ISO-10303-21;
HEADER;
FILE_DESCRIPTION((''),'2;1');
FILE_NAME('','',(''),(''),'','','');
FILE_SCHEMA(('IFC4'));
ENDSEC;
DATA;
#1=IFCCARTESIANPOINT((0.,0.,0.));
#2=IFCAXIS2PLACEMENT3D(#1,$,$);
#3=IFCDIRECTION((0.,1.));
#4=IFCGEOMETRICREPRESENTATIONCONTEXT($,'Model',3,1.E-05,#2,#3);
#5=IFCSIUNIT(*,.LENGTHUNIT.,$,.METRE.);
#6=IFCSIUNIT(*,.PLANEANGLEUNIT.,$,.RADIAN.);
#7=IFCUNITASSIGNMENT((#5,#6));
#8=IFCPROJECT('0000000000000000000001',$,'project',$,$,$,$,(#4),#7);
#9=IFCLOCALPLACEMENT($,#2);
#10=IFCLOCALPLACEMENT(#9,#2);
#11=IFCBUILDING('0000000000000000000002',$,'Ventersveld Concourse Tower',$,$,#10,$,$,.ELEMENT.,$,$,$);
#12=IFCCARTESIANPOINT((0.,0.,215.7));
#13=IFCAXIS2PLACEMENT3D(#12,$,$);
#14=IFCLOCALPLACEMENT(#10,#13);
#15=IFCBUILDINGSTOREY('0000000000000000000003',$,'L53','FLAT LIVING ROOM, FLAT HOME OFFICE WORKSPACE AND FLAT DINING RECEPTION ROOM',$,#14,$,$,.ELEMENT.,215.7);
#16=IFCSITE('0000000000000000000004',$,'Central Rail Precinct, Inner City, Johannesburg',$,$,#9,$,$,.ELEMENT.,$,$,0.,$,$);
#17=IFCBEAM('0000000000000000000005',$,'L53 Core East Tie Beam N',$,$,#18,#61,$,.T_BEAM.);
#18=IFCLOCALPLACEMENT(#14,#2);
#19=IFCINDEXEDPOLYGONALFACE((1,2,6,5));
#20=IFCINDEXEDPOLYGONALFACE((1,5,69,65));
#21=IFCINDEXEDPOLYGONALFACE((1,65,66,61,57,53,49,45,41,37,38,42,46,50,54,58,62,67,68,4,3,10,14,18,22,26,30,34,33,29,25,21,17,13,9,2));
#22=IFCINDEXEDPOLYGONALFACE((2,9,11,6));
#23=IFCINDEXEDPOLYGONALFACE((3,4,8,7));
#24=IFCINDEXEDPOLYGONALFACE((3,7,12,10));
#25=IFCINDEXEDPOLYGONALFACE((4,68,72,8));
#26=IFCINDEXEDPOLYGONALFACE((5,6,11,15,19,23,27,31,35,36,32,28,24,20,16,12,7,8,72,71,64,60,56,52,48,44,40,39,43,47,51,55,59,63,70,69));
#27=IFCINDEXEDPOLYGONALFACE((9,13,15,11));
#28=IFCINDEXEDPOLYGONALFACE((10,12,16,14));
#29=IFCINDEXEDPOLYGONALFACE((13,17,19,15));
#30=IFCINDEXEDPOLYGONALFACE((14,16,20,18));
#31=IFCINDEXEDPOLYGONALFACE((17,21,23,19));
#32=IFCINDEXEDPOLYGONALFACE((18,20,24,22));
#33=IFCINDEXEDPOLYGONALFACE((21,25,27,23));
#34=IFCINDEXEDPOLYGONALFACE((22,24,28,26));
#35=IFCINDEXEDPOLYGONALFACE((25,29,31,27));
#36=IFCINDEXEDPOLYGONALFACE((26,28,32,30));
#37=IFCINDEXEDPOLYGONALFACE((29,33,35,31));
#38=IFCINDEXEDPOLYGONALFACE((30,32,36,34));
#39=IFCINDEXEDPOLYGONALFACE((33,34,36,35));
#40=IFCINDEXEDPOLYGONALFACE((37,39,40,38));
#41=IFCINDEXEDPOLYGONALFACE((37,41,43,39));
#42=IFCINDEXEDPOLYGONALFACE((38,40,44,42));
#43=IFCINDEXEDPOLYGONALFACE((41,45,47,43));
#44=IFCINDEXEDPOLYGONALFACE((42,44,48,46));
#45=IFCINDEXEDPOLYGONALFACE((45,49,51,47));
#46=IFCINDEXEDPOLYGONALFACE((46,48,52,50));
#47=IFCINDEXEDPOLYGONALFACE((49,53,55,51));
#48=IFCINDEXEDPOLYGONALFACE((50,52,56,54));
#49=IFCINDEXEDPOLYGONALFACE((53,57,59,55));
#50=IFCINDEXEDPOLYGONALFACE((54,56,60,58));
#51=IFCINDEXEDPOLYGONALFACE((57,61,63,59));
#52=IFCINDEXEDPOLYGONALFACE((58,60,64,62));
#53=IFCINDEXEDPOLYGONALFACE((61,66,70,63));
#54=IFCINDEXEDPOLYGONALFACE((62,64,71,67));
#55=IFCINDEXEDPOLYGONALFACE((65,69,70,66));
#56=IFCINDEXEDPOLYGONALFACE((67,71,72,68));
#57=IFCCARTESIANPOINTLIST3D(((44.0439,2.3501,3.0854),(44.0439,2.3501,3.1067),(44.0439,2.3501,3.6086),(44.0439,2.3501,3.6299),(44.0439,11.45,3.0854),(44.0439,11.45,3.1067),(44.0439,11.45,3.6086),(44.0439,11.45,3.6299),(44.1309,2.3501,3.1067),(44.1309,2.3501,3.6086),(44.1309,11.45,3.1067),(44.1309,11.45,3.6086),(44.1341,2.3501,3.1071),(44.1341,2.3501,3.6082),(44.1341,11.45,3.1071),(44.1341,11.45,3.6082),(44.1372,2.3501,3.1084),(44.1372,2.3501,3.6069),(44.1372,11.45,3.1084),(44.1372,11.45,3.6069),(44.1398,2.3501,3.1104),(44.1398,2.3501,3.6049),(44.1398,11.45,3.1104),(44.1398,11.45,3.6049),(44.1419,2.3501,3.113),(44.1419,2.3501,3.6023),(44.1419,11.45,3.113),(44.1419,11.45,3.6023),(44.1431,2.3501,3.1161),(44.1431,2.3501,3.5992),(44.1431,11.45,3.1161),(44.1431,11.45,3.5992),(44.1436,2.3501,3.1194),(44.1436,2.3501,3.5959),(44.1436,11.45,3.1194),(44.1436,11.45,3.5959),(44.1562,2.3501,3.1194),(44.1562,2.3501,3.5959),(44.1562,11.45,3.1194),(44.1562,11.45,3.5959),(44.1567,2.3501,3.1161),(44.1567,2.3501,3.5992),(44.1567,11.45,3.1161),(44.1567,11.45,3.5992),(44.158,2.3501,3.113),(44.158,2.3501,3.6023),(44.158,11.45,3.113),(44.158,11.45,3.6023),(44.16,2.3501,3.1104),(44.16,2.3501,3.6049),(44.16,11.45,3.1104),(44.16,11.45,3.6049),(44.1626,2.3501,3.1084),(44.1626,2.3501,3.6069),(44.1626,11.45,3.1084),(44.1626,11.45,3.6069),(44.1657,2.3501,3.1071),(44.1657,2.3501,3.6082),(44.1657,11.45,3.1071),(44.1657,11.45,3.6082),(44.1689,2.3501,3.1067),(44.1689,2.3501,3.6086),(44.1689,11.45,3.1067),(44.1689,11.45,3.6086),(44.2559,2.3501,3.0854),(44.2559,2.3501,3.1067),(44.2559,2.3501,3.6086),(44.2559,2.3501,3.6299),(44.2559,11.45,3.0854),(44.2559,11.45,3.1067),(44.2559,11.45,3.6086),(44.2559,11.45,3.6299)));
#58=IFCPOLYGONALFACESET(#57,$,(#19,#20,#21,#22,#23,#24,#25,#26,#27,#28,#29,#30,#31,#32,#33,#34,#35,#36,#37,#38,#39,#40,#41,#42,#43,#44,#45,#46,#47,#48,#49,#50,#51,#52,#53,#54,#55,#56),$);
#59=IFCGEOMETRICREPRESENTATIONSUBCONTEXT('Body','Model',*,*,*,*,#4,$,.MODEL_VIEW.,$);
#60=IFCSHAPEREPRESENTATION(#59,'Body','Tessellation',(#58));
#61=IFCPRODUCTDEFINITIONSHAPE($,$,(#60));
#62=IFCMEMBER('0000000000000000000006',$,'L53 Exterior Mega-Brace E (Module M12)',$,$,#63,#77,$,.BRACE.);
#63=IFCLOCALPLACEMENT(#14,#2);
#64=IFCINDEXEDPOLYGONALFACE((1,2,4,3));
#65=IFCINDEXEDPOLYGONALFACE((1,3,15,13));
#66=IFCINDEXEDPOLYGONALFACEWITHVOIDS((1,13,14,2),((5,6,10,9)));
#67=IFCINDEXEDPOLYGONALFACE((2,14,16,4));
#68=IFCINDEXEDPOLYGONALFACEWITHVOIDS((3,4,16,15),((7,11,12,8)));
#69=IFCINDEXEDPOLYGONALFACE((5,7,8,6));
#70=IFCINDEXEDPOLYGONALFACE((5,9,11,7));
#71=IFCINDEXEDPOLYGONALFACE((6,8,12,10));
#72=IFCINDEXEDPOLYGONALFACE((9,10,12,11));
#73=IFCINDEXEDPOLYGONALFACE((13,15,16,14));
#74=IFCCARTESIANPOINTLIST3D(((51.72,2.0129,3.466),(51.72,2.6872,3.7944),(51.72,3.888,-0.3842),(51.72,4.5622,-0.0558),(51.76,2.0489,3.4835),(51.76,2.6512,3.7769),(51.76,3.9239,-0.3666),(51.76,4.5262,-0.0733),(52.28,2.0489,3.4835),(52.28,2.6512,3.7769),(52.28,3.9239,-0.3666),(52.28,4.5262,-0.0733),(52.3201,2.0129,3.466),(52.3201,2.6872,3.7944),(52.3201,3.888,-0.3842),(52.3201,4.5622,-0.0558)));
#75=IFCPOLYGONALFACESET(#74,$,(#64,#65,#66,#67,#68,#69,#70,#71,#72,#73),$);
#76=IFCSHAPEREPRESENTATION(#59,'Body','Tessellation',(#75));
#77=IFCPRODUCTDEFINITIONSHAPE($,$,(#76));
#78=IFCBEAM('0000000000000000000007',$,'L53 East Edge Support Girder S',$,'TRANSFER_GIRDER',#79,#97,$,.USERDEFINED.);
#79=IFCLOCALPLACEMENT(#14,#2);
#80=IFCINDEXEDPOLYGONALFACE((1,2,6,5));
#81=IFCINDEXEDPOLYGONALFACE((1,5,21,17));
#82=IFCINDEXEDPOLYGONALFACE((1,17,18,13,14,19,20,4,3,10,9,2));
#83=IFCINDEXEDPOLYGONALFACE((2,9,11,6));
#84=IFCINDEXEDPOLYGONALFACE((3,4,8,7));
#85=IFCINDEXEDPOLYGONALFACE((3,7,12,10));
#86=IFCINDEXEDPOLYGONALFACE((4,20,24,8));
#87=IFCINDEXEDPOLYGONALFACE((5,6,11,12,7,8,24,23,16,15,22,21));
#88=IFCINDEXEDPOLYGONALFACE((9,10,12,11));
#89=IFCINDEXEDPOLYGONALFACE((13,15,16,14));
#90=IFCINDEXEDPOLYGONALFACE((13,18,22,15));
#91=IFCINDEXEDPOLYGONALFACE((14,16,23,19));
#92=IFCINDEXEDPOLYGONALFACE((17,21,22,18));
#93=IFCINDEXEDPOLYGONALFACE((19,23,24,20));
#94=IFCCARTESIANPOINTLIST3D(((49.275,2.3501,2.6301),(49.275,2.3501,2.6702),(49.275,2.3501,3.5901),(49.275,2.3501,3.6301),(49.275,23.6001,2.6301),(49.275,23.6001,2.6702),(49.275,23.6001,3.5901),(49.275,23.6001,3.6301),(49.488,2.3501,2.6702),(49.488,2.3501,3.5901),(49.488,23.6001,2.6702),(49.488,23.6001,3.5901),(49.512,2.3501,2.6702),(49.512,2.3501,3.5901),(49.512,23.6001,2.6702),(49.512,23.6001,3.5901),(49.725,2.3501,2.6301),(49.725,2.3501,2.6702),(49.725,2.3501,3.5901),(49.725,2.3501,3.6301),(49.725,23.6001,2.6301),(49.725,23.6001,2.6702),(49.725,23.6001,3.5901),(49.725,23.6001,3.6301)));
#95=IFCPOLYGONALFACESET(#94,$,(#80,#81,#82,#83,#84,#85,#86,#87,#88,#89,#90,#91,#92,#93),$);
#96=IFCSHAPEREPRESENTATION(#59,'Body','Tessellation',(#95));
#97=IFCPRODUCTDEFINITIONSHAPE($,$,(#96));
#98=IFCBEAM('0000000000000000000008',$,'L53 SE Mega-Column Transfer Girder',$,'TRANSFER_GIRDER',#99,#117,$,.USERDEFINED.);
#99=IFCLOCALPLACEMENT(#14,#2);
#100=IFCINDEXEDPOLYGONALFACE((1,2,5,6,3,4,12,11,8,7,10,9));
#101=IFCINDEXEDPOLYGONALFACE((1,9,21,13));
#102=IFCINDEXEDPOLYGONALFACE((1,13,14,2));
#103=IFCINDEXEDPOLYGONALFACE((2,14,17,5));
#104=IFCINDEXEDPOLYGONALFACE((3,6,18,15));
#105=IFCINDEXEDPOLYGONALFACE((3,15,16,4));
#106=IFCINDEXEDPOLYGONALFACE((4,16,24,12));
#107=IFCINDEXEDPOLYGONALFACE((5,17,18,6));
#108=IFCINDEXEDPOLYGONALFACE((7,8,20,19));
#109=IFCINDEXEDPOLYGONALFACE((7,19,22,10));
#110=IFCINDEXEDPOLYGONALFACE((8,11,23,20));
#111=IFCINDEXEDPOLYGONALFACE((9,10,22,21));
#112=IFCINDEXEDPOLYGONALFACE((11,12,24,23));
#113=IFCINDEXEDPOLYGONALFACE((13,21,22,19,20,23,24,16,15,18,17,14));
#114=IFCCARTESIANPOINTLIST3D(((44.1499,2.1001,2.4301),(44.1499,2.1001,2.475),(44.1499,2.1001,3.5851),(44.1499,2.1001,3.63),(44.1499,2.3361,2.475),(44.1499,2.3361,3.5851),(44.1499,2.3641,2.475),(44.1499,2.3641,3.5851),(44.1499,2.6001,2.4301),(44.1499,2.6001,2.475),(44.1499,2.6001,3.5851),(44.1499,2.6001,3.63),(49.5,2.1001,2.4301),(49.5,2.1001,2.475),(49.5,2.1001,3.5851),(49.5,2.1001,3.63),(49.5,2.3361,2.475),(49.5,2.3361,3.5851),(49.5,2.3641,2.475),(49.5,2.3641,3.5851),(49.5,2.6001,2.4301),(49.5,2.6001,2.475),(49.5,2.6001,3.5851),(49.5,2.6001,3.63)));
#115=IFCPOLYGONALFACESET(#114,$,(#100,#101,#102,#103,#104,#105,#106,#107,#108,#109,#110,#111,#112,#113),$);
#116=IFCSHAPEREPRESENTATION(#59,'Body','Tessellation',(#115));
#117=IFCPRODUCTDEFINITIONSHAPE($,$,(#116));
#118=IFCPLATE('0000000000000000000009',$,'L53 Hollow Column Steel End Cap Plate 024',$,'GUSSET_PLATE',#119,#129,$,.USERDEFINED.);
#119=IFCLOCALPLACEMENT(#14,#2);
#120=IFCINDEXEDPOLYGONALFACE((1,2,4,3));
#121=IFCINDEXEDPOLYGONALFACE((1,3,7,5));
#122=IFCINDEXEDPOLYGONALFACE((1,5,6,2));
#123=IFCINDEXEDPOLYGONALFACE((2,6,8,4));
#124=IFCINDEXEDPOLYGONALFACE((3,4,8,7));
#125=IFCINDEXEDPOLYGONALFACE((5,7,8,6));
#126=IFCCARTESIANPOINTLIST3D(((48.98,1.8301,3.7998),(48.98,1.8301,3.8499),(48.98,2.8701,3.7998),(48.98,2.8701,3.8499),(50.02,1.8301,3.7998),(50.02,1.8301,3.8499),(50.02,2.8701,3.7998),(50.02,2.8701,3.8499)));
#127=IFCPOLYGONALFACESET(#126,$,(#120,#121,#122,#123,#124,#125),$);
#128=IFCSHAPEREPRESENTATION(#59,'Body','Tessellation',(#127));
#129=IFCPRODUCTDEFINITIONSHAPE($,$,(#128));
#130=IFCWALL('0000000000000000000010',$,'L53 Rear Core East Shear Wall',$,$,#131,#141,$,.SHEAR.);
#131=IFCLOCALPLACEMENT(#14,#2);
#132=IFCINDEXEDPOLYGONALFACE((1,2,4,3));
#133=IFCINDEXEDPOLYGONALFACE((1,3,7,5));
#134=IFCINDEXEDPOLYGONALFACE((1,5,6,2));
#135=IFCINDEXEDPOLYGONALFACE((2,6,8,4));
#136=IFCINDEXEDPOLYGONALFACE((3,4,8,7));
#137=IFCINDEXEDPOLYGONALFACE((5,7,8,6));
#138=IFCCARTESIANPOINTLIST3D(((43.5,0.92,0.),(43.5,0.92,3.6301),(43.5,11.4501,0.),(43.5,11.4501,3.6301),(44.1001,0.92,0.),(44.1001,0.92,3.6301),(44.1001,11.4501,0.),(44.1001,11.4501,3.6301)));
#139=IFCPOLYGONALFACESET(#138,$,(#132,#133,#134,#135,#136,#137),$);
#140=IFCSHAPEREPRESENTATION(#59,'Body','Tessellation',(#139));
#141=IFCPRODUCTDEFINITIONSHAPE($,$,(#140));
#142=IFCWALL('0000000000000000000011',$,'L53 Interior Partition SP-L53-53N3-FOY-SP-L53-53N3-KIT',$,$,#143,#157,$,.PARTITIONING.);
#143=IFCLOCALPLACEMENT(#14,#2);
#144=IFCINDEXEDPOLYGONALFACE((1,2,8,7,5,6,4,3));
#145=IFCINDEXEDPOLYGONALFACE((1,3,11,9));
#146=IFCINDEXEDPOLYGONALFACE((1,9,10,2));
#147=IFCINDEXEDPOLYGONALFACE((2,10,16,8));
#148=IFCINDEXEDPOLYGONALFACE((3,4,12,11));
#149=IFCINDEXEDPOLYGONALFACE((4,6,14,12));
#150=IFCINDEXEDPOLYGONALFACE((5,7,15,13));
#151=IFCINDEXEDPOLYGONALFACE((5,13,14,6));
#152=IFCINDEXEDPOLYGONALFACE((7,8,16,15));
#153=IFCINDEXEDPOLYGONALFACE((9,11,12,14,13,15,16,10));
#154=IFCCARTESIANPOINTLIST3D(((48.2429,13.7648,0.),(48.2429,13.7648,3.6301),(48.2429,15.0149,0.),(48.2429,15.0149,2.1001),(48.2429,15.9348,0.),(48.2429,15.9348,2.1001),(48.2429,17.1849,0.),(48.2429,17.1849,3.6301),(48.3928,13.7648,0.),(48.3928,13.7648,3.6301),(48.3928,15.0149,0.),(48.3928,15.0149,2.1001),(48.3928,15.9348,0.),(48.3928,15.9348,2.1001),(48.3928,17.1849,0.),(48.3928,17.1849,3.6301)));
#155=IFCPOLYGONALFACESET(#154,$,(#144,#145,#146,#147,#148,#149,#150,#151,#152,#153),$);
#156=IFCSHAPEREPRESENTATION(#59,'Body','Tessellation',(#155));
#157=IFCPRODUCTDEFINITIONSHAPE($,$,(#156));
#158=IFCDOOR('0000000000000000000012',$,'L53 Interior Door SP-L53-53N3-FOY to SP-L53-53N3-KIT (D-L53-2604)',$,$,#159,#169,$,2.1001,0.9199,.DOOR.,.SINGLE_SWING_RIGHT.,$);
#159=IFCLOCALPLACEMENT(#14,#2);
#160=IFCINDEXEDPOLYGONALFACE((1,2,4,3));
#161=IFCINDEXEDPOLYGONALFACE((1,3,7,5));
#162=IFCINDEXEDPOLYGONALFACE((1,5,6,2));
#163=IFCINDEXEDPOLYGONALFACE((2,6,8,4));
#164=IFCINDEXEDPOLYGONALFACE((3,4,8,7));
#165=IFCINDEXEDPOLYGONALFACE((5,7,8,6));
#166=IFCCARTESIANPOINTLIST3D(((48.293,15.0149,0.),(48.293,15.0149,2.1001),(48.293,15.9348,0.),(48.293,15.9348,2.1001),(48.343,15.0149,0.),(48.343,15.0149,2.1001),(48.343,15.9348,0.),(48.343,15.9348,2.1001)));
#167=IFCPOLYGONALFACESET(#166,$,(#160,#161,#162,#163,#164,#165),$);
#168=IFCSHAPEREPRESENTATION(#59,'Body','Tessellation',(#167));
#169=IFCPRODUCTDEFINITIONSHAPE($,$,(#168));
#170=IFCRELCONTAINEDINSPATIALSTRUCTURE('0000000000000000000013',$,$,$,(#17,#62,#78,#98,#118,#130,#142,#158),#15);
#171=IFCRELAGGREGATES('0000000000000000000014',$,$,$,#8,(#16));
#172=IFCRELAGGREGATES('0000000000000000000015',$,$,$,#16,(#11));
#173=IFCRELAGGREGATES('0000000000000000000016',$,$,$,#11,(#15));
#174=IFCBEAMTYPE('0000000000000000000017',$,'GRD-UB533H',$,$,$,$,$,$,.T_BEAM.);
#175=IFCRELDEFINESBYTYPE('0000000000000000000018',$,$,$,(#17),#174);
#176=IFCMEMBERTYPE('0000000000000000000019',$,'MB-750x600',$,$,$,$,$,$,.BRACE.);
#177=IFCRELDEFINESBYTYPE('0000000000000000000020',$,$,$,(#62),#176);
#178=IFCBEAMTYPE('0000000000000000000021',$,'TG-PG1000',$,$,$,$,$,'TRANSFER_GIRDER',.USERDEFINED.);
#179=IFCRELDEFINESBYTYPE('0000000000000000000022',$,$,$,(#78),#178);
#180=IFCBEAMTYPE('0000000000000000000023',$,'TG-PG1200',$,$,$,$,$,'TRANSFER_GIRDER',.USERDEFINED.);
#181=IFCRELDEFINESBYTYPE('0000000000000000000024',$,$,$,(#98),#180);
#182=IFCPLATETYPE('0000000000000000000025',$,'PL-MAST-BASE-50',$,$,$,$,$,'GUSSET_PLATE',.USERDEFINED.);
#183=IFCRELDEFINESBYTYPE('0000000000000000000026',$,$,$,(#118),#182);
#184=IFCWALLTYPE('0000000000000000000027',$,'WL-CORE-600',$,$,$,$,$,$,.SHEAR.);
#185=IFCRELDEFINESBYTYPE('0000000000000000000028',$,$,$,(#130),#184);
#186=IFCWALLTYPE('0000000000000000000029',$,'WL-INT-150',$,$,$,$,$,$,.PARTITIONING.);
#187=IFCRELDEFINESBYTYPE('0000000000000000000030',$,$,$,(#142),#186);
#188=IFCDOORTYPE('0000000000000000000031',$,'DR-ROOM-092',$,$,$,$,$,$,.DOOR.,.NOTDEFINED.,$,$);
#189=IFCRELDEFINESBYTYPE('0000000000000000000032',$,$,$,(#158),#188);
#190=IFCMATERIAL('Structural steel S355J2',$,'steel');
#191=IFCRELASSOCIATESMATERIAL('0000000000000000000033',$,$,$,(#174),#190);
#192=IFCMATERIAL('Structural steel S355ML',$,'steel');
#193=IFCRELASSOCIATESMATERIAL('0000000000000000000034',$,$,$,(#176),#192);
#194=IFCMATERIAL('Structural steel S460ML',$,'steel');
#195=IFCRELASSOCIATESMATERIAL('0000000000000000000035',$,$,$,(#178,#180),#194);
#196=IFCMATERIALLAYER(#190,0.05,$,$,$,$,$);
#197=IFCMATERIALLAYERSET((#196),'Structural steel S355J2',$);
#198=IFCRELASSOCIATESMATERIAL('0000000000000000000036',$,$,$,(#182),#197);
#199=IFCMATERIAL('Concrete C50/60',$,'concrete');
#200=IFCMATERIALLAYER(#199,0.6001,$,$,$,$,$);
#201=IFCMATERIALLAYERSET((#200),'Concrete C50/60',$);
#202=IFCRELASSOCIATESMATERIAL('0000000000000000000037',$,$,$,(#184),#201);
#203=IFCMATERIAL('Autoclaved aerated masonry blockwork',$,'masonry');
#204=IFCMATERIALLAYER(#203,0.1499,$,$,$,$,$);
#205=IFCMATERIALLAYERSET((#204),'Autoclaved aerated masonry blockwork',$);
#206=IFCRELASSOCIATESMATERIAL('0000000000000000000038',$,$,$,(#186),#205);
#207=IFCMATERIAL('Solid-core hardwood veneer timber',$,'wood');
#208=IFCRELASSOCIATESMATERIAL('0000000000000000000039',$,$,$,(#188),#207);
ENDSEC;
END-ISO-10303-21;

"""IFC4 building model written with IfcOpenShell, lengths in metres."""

from ifc_helpers import new_model, si_unit, direction, frame, frame_2d, origin, origin_2d, place, context, subcontext, project, spatial, rectangle, hollow_rectangle, i_section, extrude, material, layer, layer_set, material_profile, profile_set, type_object, element, fill, save


model = new_model("IFC4")

# Units and contexts
model_context = context("Model", 3, precision=1e-05, world=origin(), true_north=direction((0.0, 1.0)))
body_context = subcontext(model_context, "Body", "Model", "MODEL_VIEW")
ifc_project = project(units=[si_unit("LENGTHUNIT", "METRE"), si_unit("PLANEANGLEUNIT", "RADIAN")], contexts=[model_context])

# Site, building, storey
site_placement = place(None, origin())
site = spatial("IfcSite", under=ifc_project, at=site_placement, Name="Central Rail Precinct, Inner City, Johannesburg", CompositionType="ELEMENT", RefElevation=0.0)
building_placement = place(site_placement, origin())
building = spatial("IfcBuilding", under=site, at=building_placement, Name="Ventersveld Concourse Tower", CompositionType="ELEMENT")
storey_placement = place(building_placement, frame((0.0, 0.0, 215.7)))
storey = spatial("IfcBuildingStorey", under=building, at=storey_placement, Name="L53", Description="FLAT LIVING ROOM, FLAT HOME OFFICE WORKSPACE AND FLAT DINING RECEPTION ROOM", CompositionType="ELEMENT", Elevation=215.7)

# Shared definitions
ifc_material_1 = material(Name="Concrete C50/60", Category="concrete")
ifc_material_2 = material(Name="Structural steel S460ML", Category="steel")

# Beam
ifc_material_3 = material(Name="Structural steel S355J2", Category="steel")
ifc_material_profile_1 = material_profile(ifc_material_3, i_section(OverallWidth=0.2119, OverallDepth=0.5444, WebThickness=0.0127, FlangeThickness=0.0212, FilletRadius=0.0127, at=origin_2d()), Name="UB 533x210x122")
ifc_profile_set_1 = profile_set([ifc_material_profile_1], Name="Structural steel S355J2")
beam_type_1 = type_object("IfcBeamType", Name="GRD-UB533H", PredefinedType="T_BEAM", material=ifc_profile_set_1)
beam_1_placement = place(storey_placement, frame((44.1499, 2.3501, 3.3577), z_axis=(0.0, 1.0, 0.0), x_axis=(-1.0, 0.0, 0.0)))
element("IfcBeam", 1, at=beam_1_placement, inside=storey, type_object=beam_type_1, Name="L53 Core East Tie Beam N", PredefinedType="T_BEAM", context=body_context, shape_type="SweptSolid", body=[
    extrude(i_section(OverallWidth=0.2119, OverallDepth=0.5444, WebThickness=0.0127, FlangeThickness=0.0212, FilletRadius=0.0127, at=origin_2d()), origin(), (0.0, 0.0, 1.0), 9.0999),
])

# Member
ifc_material_4 = material(Name="Structural steel S355ML", Category="steel")
ifc_material_profile_2 = material_profile(ifc_material_4, hollow_rectangle(XDim=0.6001, YDim=0.75, WallThickness=0.04, at=origin_2d()), Name="BOX 750x600x40")
ifc_profile_set_2 = profile_set([ifc_material_profile_2], Name="Structural steel S355ML")
member_type = type_object("IfcMemberType", Name="MB-750x600", PredefinedType="BRACE", material=ifc_profile_set_2)
member_placement = place(storey_placement, frame((52.02, 4.2251, -0.22), z_axis=(0.0, -0.437839, 0.899053), x_axis=(1.0, 0.0, 0.0)))
element("IfcMember", 2, at=member_placement, inside=storey, type_object=member_type, Name="L53 Exterior Mega-Brace E (Module M12)", PredefinedType="BRACE", context=body_context, shape_type="SweptSolid", body=[
    extrude(hollow_rectangle(XDim=0.6001, YDim=0.75, WallThickness=0.04, at=origin_2d()), origin(), (0.0, 0.0, 1.0), 4.2825),
])

# Beams
ifc_material_profile_3 = material_profile(ifc_material_2, i_section(OverallWidth=0.45, OverallDepth=1.0, WebThickness=0.0239, FlangeThickness=0.04, at=origin_2d()), Name="PG 1000x450x40")
ifc_profile_set_3 = profile_set([ifc_material_profile_3], Name="Structural steel S460ML")
beam_type_2 = type_object("IfcBeamType", Name="TG-PG1000", ElementType="TRANSFER_GIRDER", PredefinedType="USERDEFINED", material=ifc_profile_set_3)
beam_2_placement = place(storey_placement, frame((49.5, 2.3501, 3.1301), z_axis=(0.0, 1.0, 0.0), x_axis=(-1.0, 0.0, 0.0)))
element("IfcBeam", 3, at=beam_2_placement, inside=storey, type_object=beam_type_2, Name="L53 East Edge Support Girder S", ObjectType="TRANSFER_GIRDER", PredefinedType="USERDEFINED", context=body_context, shape_type="SweptSolid", body=[
    extrude(i_section(OverallWidth=0.45, OverallDepth=1.0, WebThickness=0.0239, FlangeThickness=0.04, at=origin_2d()), origin(), (0.0, 0.0, 1.0), 21.25),
])
ifc_material_profile_4 = material_profile(ifc_material_2, i_section(OverallWidth=0.5, OverallDepth=1.2, WebThickness=0.0281, FlangeThickness=0.0449, at=origin_2d()), Name="PG 1200x500x45")
ifc_profile_set_4 = profile_set([ifc_material_profile_4], Name="Structural steel S460ML")
beam_type_3 = type_object("IfcBeamType", Name="TG-PG1200", ElementType="TRANSFER_GIRDER", PredefinedType="USERDEFINED", material=ifc_profile_set_4)
beam_3_placement = place(storey_placement, frame((44.1499, 2.3501, 3.03), z_axis=(1.0, 0.0, 0.0), x_axis=(0.0, 1.0, 0.0)))
element("IfcBeam", 4, at=beam_3_placement, inside=storey, type_object=beam_type_3, Name="L53 SE Mega-Column Transfer Girder", ObjectType="TRANSFER_GIRDER", PredefinedType="USERDEFINED", context=body_context, shape_type="SweptSolid", body=[
    extrude(i_section(OverallWidth=0.5, OverallDepth=1.2, WebThickness=0.0281, FlangeThickness=0.0449, at=origin_2d()), origin(), (0.0, 0.0, 1.0), 5.3501),
])

# Plate
ifc_layer_1 = layer(ifc_material_3, 0.05)
ifc_layer_set_1 = layer_set([ifc_layer_1], Name="Structural steel S355J2")
plate_type = type_object("IfcPlateType", Name="PL-MAST-BASE-50", ElementType="GUSSET_PLATE", PredefinedType="USERDEFINED", material=ifc_layer_set_1)
plate_placement = place(storey_placement, frame((49.5, 2.3501, 3.7998), z_axis=(0.0, 0.0, 1.0), x_axis=(1.0, 0.0, 0.0)))
element("IfcPlate", 5, at=plate_placement, inside=storey, type_object=plate_type, Name="L53 Hollow Column Steel End Cap Plate 024", ObjectType="GUSSET_PLATE", PredefinedType="USERDEFINED", context=body_context, shape_type="SweptSolid", body=[
    extrude(rectangle(XDim=1.04, YDim=1.04, at=origin_2d()), origin(), (0.0, 0.0, 1.0), 0.05),
])

# Wall
ifc_layer_2 = layer(ifc_material_1, 0.6001)
ifc_layer_set_2 = layer_set([ifc_layer_2], Name="Concrete C50/60")
wall_type_1 = type_object("IfcWallType", Name="WL-CORE-600", PredefinedType="SHEAR", material=ifc_layer_set_2)
wall_1_placement = place(storey_placement, frame((43.8, 0.9199, 0.0), z_axis=(0.0, 0.0, 1.0), x_axis=(0.0, 1.0, 0.0)))
element("IfcWall", 6, at=wall_1_placement, inside=storey, type_object=wall_type_1, Name="L53 Rear Core East Shear Wall", PredefinedType="SHEAR", context=body_context, shape_type="SweptSolid", body=[
    extrude(rectangle(XDim=10.53, YDim=0.6001, at=frame_2d((5.2651, 0.0))), origin(), (0.0, 0.0, 1.0), 3.6301),
])

# Wall, opening, door
ifc_material_5 = material(Name="Autoclaved aerated masonry blockwork", Category="masonry")
ifc_layer_3 = layer(ifc_material_5, 0.1499)
ifc_layer_set_3 = layer_set([ifc_layer_3], Name="Autoclaved aerated masonry blockwork")
wall_type_2 = type_object("IfcWallType", Name="WL-INT-150", PredefinedType="PARTITIONING", material=ifc_layer_set_3)
wall_2_placement = place(storey_placement, frame((48.3179, 13.7649, 0.0), z_axis=(0.0, 0.0, 1.0), x_axis=(0.0, 1.0, 0.0)))
wall_2 = element("IfcWall", 7, at=wall_2_placement, inside=storey, type_object=wall_type_2, Name="L53 Interior Partition SP-L53-53N3-FOY-SP-L53-53N3-KIT", PredefinedType="PARTITIONING", context=body_context, shape_type="SweptSolid", body=[
    extrude(rectangle(XDim=3.4202, YDim=0.1499, at=frame_2d((1.71, 0.0))), origin(), (0.0, 0.0, 1.0), 3.6301),
])
opening_1_placement = place(wall_2_placement, frame((1.25, 0.0, 0.0)))
opening_1 = element("IfcOpeningElement", 8, at=opening_1_placement, cuts=wall_2, PredefinedType="OPENING", context=body_context, shape_type="SweptSolid", body=[
    extrude(rectangle(XDim=0.9199, YDim=2.1001, at=frame_2d((0.46, 1.05))), frame((0.0, 0.085, 0.0), z_axis=(0.0, -1.0, 0.0), x_axis=(1.0, 0.0, 0.0)), (0.0, 0.0, 1.0), 0.1699),
])
ifc_material_6 = material(Name="Solid-core hardwood veneer timber", Category="wood")
door_type = type_object("IfcDoorType", Name="DR-ROOM-092", OperationType="NOTDEFINED", PredefinedType="DOOR", material=ifc_material_6)
door_placement = place(opening_1_placement, origin())
door = element("IfcDoor", 9, at=door_placement, inside=storey, type_object=door_type, Name="L53 Interior Door SP-L53-53N3-FOY to SP-L53-53N3-KIT (D-L53-2604)", OperationType="SINGLE_SWING_RIGHT", OverallHeight=2.1001, OverallWidth=0.9199, PredefinedType="DOOR", context=body_context, shape_type="SweptSolid", body=[
    extrude(rectangle(XDim=0.9199, YDim=2.1001, at=frame_2d((0.46, 1.05))), frame((0.0, 0.0249, 0.0), z_axis=(0.0, -1.0, 0.0), x_axis=(1.0, 0.0, 0.0)), (0.0, 0.0, 1.0), 0.05),
])
fill(opening_1, door)

save(model, "model.ifc")
